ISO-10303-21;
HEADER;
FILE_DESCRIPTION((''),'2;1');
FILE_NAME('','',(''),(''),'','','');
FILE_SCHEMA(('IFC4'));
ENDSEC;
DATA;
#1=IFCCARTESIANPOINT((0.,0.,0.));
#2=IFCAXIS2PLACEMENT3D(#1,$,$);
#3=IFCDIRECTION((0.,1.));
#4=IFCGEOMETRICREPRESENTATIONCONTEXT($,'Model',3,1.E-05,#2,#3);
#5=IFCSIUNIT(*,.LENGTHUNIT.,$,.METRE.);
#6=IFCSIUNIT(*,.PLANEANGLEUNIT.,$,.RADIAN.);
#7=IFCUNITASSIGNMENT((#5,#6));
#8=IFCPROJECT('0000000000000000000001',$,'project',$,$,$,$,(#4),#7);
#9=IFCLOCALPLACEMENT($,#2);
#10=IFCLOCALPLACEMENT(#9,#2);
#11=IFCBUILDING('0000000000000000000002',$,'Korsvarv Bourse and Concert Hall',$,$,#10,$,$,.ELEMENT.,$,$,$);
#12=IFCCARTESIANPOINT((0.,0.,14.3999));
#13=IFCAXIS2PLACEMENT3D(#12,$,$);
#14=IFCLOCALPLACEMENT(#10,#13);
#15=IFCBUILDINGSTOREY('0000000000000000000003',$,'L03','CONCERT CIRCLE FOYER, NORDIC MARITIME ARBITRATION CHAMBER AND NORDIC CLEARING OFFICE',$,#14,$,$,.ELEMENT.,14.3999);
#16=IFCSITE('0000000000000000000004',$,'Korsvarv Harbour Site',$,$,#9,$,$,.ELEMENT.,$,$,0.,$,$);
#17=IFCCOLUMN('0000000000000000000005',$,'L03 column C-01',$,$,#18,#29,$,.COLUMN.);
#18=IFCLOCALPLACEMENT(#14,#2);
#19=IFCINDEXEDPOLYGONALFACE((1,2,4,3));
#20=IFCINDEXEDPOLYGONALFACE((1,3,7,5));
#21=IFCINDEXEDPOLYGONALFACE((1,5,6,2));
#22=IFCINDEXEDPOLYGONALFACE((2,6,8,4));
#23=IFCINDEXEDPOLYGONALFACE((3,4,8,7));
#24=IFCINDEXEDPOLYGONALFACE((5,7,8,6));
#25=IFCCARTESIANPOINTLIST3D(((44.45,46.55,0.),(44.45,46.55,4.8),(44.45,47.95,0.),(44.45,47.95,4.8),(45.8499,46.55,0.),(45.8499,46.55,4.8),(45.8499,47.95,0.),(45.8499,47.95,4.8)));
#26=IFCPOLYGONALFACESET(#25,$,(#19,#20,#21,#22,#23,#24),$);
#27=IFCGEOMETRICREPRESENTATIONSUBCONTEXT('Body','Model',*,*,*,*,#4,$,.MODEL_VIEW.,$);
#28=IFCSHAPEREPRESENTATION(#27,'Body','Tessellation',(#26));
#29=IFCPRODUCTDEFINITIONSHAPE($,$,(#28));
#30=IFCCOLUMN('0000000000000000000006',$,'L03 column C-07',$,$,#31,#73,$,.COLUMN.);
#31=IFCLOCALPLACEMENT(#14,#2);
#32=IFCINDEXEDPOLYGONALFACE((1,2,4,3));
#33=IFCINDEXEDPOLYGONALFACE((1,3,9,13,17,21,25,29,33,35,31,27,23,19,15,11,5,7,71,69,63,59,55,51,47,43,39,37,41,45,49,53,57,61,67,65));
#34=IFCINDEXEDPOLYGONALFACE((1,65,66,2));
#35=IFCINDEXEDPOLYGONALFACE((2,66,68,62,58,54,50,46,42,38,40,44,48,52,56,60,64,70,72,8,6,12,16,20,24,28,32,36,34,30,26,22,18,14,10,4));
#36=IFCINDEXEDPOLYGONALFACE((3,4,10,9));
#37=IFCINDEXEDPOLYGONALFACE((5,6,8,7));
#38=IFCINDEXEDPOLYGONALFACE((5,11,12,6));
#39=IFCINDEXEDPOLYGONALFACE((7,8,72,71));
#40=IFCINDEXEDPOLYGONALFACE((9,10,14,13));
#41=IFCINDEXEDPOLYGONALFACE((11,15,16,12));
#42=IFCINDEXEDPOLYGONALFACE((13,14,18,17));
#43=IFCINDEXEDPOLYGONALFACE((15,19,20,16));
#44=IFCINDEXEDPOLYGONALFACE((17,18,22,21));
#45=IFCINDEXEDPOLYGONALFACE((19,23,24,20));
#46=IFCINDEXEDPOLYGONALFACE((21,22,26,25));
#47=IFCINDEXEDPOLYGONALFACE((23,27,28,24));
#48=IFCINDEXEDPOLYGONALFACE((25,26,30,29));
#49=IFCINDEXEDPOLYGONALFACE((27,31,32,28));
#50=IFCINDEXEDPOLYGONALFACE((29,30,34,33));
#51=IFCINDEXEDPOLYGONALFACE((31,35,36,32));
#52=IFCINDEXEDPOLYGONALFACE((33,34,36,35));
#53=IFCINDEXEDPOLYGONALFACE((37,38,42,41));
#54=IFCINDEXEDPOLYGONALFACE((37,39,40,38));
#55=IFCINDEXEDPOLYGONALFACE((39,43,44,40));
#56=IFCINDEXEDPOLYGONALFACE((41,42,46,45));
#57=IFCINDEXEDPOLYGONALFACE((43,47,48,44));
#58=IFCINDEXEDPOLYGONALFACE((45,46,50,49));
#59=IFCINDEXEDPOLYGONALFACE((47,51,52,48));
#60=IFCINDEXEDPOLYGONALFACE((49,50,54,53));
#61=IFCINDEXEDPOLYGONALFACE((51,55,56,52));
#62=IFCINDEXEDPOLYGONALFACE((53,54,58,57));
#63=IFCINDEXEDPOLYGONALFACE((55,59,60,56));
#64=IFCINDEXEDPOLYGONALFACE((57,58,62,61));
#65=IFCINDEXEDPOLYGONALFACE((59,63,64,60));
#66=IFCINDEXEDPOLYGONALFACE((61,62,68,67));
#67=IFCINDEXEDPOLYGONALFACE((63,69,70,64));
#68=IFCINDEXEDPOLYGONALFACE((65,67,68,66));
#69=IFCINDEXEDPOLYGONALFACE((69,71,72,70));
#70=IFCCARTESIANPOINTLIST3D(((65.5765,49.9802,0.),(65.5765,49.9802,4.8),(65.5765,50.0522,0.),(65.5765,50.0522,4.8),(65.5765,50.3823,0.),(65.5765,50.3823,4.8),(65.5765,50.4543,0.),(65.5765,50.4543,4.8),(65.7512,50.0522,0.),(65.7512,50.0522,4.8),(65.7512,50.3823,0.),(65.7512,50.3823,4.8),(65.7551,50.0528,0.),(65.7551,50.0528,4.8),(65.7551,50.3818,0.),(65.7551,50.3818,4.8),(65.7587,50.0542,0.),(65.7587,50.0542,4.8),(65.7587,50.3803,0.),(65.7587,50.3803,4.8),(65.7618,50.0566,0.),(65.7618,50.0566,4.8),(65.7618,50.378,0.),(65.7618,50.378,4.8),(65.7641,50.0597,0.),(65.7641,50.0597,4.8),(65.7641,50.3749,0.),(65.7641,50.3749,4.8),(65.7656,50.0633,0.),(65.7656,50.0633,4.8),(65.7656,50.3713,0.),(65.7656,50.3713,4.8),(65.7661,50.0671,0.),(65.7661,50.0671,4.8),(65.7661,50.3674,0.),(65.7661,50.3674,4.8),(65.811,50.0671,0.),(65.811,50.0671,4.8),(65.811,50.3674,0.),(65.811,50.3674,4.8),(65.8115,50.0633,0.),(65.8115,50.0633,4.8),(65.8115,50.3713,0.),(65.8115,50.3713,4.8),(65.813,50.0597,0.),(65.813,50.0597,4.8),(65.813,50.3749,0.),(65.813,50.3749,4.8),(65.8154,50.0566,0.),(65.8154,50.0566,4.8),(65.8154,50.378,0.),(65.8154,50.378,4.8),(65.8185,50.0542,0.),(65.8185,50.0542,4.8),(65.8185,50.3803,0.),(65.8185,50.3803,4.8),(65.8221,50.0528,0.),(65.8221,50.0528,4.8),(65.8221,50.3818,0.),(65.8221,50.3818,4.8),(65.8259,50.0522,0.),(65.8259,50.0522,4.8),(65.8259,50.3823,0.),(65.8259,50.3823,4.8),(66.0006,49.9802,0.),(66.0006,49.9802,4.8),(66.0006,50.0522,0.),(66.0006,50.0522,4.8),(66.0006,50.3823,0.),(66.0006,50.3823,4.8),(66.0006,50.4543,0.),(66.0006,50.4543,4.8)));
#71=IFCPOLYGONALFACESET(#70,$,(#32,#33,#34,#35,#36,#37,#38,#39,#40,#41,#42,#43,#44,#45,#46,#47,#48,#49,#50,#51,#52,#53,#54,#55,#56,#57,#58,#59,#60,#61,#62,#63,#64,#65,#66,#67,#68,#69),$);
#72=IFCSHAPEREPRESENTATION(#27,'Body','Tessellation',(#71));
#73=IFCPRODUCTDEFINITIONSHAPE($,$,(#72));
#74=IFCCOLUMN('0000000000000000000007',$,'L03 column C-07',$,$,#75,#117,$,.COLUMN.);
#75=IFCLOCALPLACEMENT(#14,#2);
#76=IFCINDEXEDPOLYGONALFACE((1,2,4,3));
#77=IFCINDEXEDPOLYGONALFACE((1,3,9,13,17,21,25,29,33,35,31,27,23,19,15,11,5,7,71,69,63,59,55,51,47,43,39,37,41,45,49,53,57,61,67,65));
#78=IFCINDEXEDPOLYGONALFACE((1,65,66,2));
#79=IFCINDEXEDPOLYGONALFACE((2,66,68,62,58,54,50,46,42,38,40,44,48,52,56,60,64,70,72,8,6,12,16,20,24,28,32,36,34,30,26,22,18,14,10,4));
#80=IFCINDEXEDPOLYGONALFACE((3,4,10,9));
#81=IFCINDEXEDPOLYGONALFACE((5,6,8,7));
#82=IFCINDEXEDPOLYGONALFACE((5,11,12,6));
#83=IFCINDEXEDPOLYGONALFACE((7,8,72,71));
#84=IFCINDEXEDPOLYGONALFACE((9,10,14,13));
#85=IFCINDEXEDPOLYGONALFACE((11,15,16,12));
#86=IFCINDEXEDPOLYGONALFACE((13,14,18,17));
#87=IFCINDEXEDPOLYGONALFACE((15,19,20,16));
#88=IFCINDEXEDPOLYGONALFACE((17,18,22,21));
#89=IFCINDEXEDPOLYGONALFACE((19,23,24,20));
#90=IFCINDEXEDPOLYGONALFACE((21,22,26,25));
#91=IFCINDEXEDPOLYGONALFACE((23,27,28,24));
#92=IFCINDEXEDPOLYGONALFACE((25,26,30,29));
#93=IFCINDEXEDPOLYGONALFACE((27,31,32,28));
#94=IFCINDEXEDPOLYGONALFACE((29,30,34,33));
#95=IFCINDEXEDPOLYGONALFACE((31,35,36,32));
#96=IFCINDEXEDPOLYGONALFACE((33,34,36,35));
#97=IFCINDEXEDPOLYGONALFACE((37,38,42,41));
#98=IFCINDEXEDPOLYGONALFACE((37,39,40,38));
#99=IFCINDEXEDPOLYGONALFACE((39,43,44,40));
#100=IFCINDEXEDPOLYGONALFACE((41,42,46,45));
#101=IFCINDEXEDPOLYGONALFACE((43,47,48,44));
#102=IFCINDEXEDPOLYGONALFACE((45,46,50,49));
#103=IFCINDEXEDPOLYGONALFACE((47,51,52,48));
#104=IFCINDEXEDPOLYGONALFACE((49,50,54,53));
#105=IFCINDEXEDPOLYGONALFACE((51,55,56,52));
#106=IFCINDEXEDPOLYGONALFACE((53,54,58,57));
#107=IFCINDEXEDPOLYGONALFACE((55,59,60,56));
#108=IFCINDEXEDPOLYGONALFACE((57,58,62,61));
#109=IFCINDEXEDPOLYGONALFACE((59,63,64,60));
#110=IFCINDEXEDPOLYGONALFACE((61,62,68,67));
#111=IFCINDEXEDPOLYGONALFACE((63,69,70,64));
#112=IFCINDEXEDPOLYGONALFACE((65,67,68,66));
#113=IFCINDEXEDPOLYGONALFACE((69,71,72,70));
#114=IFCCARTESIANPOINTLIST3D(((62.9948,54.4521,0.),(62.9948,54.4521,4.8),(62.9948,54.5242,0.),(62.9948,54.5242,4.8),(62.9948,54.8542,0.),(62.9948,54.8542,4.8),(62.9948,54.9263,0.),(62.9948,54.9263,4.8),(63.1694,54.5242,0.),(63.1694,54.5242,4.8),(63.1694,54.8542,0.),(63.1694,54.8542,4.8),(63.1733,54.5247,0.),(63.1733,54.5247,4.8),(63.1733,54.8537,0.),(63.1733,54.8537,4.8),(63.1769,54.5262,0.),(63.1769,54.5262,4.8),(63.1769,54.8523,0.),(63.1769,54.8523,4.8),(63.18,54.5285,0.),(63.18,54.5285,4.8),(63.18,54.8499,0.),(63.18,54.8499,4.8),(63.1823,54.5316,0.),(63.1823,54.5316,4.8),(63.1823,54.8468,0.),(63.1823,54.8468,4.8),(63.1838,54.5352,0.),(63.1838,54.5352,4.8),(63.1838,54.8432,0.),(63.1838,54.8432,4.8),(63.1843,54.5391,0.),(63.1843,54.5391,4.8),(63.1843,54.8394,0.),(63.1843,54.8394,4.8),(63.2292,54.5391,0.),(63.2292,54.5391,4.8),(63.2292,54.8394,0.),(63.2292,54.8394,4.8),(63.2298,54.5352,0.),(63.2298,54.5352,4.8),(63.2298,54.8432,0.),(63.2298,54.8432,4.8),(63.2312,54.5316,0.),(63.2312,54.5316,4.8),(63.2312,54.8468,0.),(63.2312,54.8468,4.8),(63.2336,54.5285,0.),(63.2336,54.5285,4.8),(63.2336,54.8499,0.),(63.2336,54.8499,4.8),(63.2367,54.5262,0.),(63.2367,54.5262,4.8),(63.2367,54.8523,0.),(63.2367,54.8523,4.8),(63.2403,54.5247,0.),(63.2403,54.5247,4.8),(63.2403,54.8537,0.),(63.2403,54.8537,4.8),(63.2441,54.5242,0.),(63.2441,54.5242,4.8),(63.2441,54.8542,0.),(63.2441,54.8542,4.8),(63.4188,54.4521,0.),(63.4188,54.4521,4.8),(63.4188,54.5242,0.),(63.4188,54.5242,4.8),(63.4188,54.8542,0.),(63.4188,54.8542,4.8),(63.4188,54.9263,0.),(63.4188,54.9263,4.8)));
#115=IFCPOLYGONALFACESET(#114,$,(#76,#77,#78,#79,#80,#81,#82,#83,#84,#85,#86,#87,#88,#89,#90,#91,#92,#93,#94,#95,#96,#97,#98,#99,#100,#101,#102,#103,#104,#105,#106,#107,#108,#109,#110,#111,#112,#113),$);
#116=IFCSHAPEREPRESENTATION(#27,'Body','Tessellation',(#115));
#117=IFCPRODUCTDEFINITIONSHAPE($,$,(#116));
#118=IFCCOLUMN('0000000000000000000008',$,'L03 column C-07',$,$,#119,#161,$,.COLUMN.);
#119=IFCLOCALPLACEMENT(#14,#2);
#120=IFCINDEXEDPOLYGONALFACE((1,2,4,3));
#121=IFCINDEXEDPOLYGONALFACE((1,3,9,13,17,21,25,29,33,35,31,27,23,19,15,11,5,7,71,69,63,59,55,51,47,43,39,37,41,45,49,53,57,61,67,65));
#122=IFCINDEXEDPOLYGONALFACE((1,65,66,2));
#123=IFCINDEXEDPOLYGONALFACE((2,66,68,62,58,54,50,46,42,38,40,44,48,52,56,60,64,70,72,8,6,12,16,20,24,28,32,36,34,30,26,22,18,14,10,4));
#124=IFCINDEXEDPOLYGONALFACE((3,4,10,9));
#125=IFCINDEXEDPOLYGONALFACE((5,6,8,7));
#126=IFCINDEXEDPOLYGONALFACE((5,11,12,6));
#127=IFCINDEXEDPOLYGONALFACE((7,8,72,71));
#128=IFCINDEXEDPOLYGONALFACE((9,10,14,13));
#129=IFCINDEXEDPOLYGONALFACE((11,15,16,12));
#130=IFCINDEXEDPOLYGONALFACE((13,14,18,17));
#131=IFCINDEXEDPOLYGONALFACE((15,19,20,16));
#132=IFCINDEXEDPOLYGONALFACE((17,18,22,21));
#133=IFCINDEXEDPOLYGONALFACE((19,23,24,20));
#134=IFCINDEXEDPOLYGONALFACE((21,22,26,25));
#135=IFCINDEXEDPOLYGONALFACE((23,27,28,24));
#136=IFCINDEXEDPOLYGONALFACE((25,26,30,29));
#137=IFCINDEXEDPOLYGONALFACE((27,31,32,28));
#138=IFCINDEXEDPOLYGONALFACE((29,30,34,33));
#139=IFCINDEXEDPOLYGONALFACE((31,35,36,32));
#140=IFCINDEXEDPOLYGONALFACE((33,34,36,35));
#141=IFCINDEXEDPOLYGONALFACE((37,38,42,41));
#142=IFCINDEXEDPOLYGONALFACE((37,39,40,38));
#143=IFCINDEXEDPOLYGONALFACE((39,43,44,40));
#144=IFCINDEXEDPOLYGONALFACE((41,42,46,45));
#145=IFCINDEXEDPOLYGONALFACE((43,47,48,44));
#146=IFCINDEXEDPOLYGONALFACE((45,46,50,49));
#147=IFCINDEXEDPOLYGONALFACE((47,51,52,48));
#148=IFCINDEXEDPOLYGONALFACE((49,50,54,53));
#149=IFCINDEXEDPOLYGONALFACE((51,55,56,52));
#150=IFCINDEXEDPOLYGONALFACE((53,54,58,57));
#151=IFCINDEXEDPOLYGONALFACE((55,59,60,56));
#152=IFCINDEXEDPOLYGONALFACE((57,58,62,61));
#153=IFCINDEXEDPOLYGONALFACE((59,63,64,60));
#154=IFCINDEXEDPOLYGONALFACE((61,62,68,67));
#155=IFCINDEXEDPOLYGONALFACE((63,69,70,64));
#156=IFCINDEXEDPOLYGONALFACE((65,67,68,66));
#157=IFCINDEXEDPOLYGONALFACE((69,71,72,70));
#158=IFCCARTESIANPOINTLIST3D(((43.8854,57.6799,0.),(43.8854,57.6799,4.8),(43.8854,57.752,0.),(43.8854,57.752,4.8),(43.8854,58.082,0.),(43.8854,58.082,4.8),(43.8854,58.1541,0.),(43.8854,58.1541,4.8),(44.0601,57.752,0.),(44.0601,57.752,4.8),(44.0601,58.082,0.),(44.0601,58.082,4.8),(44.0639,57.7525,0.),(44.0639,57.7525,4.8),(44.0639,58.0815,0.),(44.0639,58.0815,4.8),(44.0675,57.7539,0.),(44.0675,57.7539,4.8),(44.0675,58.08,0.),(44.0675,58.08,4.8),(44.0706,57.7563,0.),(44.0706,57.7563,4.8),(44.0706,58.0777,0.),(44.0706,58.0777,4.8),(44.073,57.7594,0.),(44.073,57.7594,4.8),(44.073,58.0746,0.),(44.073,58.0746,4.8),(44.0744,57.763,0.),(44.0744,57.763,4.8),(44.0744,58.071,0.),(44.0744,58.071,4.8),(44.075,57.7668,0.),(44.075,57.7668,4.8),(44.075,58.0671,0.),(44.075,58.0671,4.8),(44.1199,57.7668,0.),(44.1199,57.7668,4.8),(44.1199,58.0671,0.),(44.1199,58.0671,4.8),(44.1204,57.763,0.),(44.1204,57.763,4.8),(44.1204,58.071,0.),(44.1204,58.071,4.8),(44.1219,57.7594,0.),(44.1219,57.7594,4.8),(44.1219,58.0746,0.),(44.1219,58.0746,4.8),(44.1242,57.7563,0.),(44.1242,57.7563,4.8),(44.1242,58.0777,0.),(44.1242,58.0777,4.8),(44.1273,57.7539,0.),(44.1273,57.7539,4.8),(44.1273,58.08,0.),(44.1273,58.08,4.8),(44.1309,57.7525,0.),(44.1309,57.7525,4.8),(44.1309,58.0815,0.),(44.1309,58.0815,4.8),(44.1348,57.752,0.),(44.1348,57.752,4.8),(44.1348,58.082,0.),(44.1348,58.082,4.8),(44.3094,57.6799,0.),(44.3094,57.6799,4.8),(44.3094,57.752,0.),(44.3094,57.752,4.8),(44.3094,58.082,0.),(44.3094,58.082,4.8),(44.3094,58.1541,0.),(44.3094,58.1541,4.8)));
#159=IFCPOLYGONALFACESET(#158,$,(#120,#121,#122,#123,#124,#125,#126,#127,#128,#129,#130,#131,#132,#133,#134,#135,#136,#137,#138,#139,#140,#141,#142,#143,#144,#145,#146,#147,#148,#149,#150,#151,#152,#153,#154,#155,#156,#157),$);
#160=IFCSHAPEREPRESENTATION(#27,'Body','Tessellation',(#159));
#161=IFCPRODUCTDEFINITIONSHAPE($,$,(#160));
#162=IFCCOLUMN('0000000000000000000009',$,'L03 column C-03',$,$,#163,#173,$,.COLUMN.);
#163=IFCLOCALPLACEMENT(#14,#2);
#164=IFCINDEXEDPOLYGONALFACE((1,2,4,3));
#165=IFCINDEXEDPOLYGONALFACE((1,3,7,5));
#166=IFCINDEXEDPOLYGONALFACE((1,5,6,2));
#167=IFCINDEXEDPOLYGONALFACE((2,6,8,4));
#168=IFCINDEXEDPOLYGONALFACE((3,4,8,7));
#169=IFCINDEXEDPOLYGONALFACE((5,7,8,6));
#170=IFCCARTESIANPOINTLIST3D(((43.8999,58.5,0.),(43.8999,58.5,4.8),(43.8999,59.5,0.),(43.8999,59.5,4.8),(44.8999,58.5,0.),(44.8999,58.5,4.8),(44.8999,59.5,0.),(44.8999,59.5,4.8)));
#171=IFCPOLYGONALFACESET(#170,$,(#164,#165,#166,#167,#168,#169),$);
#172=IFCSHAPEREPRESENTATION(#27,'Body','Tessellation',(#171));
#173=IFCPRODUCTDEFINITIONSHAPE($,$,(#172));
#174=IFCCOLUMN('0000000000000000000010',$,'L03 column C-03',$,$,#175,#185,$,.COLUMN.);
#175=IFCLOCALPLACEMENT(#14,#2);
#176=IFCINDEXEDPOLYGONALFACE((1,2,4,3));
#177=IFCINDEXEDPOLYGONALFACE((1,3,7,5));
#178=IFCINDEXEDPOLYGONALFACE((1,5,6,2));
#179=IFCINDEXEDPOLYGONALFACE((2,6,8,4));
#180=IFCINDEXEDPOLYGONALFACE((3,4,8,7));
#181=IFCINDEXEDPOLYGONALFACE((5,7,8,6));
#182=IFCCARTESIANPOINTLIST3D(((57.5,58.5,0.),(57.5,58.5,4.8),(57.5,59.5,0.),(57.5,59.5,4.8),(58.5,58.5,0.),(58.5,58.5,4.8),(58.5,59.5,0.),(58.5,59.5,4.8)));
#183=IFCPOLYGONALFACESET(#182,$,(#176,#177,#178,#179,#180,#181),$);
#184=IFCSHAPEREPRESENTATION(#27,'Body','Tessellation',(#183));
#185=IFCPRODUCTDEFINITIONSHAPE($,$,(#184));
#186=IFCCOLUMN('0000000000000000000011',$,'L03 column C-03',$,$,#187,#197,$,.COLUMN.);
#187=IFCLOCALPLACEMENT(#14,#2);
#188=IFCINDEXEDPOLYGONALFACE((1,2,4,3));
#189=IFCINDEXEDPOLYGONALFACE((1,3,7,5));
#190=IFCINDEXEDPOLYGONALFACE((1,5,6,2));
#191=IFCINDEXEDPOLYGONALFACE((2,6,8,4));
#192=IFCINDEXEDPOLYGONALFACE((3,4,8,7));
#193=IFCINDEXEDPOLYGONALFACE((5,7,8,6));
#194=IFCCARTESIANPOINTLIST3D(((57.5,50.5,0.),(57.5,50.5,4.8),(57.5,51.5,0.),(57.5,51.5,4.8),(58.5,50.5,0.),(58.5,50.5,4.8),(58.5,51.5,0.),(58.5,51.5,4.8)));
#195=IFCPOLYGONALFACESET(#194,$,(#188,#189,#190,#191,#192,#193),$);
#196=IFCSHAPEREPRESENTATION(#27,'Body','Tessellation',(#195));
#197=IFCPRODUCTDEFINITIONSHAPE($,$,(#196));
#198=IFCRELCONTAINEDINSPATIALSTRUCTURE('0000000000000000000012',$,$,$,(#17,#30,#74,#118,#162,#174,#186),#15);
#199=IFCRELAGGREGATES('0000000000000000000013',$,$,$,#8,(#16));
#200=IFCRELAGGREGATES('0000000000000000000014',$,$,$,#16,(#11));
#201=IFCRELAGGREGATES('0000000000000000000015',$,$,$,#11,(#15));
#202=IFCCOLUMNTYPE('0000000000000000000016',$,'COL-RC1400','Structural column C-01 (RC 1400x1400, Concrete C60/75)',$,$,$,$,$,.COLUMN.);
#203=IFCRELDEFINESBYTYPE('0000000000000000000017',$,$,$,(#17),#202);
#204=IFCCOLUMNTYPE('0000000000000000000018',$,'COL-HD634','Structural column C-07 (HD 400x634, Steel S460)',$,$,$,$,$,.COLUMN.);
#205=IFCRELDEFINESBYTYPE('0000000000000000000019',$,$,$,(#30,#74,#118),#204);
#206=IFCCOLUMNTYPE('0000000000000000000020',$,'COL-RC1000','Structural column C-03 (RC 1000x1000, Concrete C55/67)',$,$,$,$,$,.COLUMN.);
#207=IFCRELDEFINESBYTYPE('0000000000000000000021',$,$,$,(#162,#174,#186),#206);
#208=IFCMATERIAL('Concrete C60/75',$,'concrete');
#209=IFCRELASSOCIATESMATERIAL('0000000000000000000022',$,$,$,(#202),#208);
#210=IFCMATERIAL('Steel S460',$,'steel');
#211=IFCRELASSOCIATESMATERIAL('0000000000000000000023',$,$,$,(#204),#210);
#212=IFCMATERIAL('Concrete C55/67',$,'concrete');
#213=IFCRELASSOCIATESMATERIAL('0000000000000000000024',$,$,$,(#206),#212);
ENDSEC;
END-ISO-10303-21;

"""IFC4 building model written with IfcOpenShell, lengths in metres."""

from ifc_helpers import new_model, si_unit, direction, frame, origin, origin_2d, place, context, subcontext, project, spatial, rectangle, i_section, extrude, source, transform, mapped, material, material_profile, profile_set, type_object, element, save


model = new_model("IFC4")

# Units and contexts
model_context = context("Model", 3, precision=1e-05, world=origin(), true_north=direction((0.0, 1.0)))
body_context = subcontext(model_context, "Body", "Model", "MODEL_VIEW")
ifc_project = project(units=[si_unit("LENGTHUNIT", "METRE"), si_unit("PLANEANGLEUNIT", "RADIAN")], contexts=[model_context])

# Site, building, storey
site_placement = place(None, origin())
site = spatial("IfcSite", under=ifc_project, at=site_placement, Name="Korsvarv Harbour Site", CompositionType="ELEMENT", RefElevation=0.0)
building_placement = place(site_placement, origin())
building = spatial("IfcBuilding", under=site, at=building_placement, Name="Korsvarv Bourse and Concert Hall", CompositionType="ELEMENT")
storey_placement = place(building_placement, frame((0.0, 0.0, 14.3999)))
storey = spatial("IfcBuildingStorey", under=building, at=storey_placement, Name="L03", Description="CONCERT CIRCLE FOYER, NORDIC MARITIME ARBITRATION CHAMBER AND NORDIC CLEARING OFFICE", CompositionType="ELEMENT", Elevation=14.3999)

# Columns
ifc_material_1 = material(Name="Concrete C60/75", Category="concrete")
ifc_material_profile_1 = material_profile(ifc_material_1, rectangle(XDim=1.3999, YDim=1.3999, at=origin_2d()), Name="RC 1400x1400")
ifc_profile_set_1 = profile_set([ifc_material_profile_1], Name="Concrete C60/75")
column_type_1 = type_object("IfcColumnType", Name="COL-RC1400", Description="Structural column C-01 (RC 1400x1400, Concrete C60/75)", PredefinedType="COLUMN", material=ifc_profile_set_1)
shared_shape_1 = source(origin(), body_context, "Body", "SweptSolid", [
    extrude(rectangle(XDim=1.3999, YDim=1.3999, at=origin_2d()), origin(), (0.0, 0.0, 1.0), 4.8),
])
column_placement = place(storey_placement, frame((45.1499, 47.25, 0.0), z_axis=(0.0, 0.0, 1.0), x_axis=(1.0, 0.0, 0.0)))
element("IfcColumn", 1, at=column_placement, inside=storey, type_object=column_type_1, Name="L03 column C-01", PredefinedType="COLUMN", context=body_context, shape_type="MappedRepresentation", body=[
    mapped(shared_shape_1, transform((0.0, 0.0, 0.0), scale=1.0)),
])
ifc_material_2 = material(Name="Steel S460", Category="steel")
ifc_material_profile_2 = material_profile(ifc_material_2, i_section(OverallWidth=0.4241, OverallDepth=0.4741, WebThickness=0.0449, FlangeThickness=0.072, FilletRadius=0.0149, at=origin_2d()), Name="HD 400x634")
ifc_profile_set_2 = profile_set([ifc_material_profile_2], Name="Steel S460")
column_type_2 = type_object("IfcColumnType", Name="COL-HD634", Description="Structural column C-07 (HD 400x634, Steel S460)", PredefinedType="COLUMN", material=ifc_profile_set_2)
shared_shape_2 = source(origin(), body_context, "Body", "SweptSolid", [
    extrude(i_section(OverallWidth=0.4241, OverallDepth=0.4741, WebThickness=0.0449, FlangeThickness=0.072, FilletRadius=0.0149, at=origin_2d()), origin(), (0.0, 0.0, 1.0), 4.8),
])
for number, where, z_axis, x_axis, name in (
    (2, (65.7886, 50.2173, 0.0), (0.0, 0.0, 1.0), (1.0, 0.0, 0.0), "L03 column C-07"),
    (3, (63.2068, 54.6892, 0.0), (0.0, 0.0, 1.0), (1.0, 0.0, 0.0), "L03 column C-07"),
    (4, (44.0974, 57.917, 0.0), (0.0, 0.0, 1.0), (1.0, 0.0, 0.0), "L03 column C-07"),
):
    element("IfcColumn", number, at=place(storey_placement, frame(where, z_axis=z_axis, x_axis=x_axis)), inside=storey, type_object=column_type_2, Name=name, PredefinedType="COLUMN", context=body_context, shape_type="MappedRepresentation", body=[
        mapped(shared_shape_2, transform((0.0, 0.0, 0.0), scale=1.0)),
    ])
ifc_material_3 = material(Name="Concrete C55/67", Category="concrete")
ifc_material_profile_3 = material_profile(ifc_material_3, rectangle(XDim=1.0, YDim=1.0, at=origin_2d()), Name="RC 1000x1000")
ifc_profile_set_3 = profile_set([ifc_material_profile_3], Name="Concrete C55/67")
column_type_3 = type_object("IfcColumnType", Name="COL-RC1000", Description="Structural column C-03 (RC 1000x1000, Concrete C55/67)", PredefinedType="COLUMN", material=ifc_profile_set_3)
shared_shape_3 = source(origin(), body_context, "Body", "SweptSolid", [
    extrude(rectangle(XDim=1.0, YDim=1.0, at=origin_2d()), origin(), (0.0, 0.0, 1.0), 4.8),
])
for number, where, z_axis, x_axis, name in (
    (5, (44.3999, 59.0, 0.0), (0.0, 0.0, 1.0), (1.0, 0.0, 0.0), "L03 column C-03"),
    (6, (58.0, 59.0, 0.0), (0.0, 0.0, 1.0), (1.0, 0.0, 0.0), "L03 column C-03"),
    (7, (58.0, 51.0, 0.0), (0.0, 0.0, 1.0), (1.0, 0.0, 0.0), "L03 column C-03"),
):
    element("IfcColumn", number, at=place(storey_placement, frame(where, z_axis=z_axis, x_axis=x_axis)), inside=storey, type_object=column_type_3, Name=name, PredefinedType="COLUMN", context=body_context, shape_type="MappedRepresentation", body=[
        mapped(shared_shape_3, transform((0.0, 0.0, 0.0), scale=1.0)),
    ])

save(model, "model.ifc")
